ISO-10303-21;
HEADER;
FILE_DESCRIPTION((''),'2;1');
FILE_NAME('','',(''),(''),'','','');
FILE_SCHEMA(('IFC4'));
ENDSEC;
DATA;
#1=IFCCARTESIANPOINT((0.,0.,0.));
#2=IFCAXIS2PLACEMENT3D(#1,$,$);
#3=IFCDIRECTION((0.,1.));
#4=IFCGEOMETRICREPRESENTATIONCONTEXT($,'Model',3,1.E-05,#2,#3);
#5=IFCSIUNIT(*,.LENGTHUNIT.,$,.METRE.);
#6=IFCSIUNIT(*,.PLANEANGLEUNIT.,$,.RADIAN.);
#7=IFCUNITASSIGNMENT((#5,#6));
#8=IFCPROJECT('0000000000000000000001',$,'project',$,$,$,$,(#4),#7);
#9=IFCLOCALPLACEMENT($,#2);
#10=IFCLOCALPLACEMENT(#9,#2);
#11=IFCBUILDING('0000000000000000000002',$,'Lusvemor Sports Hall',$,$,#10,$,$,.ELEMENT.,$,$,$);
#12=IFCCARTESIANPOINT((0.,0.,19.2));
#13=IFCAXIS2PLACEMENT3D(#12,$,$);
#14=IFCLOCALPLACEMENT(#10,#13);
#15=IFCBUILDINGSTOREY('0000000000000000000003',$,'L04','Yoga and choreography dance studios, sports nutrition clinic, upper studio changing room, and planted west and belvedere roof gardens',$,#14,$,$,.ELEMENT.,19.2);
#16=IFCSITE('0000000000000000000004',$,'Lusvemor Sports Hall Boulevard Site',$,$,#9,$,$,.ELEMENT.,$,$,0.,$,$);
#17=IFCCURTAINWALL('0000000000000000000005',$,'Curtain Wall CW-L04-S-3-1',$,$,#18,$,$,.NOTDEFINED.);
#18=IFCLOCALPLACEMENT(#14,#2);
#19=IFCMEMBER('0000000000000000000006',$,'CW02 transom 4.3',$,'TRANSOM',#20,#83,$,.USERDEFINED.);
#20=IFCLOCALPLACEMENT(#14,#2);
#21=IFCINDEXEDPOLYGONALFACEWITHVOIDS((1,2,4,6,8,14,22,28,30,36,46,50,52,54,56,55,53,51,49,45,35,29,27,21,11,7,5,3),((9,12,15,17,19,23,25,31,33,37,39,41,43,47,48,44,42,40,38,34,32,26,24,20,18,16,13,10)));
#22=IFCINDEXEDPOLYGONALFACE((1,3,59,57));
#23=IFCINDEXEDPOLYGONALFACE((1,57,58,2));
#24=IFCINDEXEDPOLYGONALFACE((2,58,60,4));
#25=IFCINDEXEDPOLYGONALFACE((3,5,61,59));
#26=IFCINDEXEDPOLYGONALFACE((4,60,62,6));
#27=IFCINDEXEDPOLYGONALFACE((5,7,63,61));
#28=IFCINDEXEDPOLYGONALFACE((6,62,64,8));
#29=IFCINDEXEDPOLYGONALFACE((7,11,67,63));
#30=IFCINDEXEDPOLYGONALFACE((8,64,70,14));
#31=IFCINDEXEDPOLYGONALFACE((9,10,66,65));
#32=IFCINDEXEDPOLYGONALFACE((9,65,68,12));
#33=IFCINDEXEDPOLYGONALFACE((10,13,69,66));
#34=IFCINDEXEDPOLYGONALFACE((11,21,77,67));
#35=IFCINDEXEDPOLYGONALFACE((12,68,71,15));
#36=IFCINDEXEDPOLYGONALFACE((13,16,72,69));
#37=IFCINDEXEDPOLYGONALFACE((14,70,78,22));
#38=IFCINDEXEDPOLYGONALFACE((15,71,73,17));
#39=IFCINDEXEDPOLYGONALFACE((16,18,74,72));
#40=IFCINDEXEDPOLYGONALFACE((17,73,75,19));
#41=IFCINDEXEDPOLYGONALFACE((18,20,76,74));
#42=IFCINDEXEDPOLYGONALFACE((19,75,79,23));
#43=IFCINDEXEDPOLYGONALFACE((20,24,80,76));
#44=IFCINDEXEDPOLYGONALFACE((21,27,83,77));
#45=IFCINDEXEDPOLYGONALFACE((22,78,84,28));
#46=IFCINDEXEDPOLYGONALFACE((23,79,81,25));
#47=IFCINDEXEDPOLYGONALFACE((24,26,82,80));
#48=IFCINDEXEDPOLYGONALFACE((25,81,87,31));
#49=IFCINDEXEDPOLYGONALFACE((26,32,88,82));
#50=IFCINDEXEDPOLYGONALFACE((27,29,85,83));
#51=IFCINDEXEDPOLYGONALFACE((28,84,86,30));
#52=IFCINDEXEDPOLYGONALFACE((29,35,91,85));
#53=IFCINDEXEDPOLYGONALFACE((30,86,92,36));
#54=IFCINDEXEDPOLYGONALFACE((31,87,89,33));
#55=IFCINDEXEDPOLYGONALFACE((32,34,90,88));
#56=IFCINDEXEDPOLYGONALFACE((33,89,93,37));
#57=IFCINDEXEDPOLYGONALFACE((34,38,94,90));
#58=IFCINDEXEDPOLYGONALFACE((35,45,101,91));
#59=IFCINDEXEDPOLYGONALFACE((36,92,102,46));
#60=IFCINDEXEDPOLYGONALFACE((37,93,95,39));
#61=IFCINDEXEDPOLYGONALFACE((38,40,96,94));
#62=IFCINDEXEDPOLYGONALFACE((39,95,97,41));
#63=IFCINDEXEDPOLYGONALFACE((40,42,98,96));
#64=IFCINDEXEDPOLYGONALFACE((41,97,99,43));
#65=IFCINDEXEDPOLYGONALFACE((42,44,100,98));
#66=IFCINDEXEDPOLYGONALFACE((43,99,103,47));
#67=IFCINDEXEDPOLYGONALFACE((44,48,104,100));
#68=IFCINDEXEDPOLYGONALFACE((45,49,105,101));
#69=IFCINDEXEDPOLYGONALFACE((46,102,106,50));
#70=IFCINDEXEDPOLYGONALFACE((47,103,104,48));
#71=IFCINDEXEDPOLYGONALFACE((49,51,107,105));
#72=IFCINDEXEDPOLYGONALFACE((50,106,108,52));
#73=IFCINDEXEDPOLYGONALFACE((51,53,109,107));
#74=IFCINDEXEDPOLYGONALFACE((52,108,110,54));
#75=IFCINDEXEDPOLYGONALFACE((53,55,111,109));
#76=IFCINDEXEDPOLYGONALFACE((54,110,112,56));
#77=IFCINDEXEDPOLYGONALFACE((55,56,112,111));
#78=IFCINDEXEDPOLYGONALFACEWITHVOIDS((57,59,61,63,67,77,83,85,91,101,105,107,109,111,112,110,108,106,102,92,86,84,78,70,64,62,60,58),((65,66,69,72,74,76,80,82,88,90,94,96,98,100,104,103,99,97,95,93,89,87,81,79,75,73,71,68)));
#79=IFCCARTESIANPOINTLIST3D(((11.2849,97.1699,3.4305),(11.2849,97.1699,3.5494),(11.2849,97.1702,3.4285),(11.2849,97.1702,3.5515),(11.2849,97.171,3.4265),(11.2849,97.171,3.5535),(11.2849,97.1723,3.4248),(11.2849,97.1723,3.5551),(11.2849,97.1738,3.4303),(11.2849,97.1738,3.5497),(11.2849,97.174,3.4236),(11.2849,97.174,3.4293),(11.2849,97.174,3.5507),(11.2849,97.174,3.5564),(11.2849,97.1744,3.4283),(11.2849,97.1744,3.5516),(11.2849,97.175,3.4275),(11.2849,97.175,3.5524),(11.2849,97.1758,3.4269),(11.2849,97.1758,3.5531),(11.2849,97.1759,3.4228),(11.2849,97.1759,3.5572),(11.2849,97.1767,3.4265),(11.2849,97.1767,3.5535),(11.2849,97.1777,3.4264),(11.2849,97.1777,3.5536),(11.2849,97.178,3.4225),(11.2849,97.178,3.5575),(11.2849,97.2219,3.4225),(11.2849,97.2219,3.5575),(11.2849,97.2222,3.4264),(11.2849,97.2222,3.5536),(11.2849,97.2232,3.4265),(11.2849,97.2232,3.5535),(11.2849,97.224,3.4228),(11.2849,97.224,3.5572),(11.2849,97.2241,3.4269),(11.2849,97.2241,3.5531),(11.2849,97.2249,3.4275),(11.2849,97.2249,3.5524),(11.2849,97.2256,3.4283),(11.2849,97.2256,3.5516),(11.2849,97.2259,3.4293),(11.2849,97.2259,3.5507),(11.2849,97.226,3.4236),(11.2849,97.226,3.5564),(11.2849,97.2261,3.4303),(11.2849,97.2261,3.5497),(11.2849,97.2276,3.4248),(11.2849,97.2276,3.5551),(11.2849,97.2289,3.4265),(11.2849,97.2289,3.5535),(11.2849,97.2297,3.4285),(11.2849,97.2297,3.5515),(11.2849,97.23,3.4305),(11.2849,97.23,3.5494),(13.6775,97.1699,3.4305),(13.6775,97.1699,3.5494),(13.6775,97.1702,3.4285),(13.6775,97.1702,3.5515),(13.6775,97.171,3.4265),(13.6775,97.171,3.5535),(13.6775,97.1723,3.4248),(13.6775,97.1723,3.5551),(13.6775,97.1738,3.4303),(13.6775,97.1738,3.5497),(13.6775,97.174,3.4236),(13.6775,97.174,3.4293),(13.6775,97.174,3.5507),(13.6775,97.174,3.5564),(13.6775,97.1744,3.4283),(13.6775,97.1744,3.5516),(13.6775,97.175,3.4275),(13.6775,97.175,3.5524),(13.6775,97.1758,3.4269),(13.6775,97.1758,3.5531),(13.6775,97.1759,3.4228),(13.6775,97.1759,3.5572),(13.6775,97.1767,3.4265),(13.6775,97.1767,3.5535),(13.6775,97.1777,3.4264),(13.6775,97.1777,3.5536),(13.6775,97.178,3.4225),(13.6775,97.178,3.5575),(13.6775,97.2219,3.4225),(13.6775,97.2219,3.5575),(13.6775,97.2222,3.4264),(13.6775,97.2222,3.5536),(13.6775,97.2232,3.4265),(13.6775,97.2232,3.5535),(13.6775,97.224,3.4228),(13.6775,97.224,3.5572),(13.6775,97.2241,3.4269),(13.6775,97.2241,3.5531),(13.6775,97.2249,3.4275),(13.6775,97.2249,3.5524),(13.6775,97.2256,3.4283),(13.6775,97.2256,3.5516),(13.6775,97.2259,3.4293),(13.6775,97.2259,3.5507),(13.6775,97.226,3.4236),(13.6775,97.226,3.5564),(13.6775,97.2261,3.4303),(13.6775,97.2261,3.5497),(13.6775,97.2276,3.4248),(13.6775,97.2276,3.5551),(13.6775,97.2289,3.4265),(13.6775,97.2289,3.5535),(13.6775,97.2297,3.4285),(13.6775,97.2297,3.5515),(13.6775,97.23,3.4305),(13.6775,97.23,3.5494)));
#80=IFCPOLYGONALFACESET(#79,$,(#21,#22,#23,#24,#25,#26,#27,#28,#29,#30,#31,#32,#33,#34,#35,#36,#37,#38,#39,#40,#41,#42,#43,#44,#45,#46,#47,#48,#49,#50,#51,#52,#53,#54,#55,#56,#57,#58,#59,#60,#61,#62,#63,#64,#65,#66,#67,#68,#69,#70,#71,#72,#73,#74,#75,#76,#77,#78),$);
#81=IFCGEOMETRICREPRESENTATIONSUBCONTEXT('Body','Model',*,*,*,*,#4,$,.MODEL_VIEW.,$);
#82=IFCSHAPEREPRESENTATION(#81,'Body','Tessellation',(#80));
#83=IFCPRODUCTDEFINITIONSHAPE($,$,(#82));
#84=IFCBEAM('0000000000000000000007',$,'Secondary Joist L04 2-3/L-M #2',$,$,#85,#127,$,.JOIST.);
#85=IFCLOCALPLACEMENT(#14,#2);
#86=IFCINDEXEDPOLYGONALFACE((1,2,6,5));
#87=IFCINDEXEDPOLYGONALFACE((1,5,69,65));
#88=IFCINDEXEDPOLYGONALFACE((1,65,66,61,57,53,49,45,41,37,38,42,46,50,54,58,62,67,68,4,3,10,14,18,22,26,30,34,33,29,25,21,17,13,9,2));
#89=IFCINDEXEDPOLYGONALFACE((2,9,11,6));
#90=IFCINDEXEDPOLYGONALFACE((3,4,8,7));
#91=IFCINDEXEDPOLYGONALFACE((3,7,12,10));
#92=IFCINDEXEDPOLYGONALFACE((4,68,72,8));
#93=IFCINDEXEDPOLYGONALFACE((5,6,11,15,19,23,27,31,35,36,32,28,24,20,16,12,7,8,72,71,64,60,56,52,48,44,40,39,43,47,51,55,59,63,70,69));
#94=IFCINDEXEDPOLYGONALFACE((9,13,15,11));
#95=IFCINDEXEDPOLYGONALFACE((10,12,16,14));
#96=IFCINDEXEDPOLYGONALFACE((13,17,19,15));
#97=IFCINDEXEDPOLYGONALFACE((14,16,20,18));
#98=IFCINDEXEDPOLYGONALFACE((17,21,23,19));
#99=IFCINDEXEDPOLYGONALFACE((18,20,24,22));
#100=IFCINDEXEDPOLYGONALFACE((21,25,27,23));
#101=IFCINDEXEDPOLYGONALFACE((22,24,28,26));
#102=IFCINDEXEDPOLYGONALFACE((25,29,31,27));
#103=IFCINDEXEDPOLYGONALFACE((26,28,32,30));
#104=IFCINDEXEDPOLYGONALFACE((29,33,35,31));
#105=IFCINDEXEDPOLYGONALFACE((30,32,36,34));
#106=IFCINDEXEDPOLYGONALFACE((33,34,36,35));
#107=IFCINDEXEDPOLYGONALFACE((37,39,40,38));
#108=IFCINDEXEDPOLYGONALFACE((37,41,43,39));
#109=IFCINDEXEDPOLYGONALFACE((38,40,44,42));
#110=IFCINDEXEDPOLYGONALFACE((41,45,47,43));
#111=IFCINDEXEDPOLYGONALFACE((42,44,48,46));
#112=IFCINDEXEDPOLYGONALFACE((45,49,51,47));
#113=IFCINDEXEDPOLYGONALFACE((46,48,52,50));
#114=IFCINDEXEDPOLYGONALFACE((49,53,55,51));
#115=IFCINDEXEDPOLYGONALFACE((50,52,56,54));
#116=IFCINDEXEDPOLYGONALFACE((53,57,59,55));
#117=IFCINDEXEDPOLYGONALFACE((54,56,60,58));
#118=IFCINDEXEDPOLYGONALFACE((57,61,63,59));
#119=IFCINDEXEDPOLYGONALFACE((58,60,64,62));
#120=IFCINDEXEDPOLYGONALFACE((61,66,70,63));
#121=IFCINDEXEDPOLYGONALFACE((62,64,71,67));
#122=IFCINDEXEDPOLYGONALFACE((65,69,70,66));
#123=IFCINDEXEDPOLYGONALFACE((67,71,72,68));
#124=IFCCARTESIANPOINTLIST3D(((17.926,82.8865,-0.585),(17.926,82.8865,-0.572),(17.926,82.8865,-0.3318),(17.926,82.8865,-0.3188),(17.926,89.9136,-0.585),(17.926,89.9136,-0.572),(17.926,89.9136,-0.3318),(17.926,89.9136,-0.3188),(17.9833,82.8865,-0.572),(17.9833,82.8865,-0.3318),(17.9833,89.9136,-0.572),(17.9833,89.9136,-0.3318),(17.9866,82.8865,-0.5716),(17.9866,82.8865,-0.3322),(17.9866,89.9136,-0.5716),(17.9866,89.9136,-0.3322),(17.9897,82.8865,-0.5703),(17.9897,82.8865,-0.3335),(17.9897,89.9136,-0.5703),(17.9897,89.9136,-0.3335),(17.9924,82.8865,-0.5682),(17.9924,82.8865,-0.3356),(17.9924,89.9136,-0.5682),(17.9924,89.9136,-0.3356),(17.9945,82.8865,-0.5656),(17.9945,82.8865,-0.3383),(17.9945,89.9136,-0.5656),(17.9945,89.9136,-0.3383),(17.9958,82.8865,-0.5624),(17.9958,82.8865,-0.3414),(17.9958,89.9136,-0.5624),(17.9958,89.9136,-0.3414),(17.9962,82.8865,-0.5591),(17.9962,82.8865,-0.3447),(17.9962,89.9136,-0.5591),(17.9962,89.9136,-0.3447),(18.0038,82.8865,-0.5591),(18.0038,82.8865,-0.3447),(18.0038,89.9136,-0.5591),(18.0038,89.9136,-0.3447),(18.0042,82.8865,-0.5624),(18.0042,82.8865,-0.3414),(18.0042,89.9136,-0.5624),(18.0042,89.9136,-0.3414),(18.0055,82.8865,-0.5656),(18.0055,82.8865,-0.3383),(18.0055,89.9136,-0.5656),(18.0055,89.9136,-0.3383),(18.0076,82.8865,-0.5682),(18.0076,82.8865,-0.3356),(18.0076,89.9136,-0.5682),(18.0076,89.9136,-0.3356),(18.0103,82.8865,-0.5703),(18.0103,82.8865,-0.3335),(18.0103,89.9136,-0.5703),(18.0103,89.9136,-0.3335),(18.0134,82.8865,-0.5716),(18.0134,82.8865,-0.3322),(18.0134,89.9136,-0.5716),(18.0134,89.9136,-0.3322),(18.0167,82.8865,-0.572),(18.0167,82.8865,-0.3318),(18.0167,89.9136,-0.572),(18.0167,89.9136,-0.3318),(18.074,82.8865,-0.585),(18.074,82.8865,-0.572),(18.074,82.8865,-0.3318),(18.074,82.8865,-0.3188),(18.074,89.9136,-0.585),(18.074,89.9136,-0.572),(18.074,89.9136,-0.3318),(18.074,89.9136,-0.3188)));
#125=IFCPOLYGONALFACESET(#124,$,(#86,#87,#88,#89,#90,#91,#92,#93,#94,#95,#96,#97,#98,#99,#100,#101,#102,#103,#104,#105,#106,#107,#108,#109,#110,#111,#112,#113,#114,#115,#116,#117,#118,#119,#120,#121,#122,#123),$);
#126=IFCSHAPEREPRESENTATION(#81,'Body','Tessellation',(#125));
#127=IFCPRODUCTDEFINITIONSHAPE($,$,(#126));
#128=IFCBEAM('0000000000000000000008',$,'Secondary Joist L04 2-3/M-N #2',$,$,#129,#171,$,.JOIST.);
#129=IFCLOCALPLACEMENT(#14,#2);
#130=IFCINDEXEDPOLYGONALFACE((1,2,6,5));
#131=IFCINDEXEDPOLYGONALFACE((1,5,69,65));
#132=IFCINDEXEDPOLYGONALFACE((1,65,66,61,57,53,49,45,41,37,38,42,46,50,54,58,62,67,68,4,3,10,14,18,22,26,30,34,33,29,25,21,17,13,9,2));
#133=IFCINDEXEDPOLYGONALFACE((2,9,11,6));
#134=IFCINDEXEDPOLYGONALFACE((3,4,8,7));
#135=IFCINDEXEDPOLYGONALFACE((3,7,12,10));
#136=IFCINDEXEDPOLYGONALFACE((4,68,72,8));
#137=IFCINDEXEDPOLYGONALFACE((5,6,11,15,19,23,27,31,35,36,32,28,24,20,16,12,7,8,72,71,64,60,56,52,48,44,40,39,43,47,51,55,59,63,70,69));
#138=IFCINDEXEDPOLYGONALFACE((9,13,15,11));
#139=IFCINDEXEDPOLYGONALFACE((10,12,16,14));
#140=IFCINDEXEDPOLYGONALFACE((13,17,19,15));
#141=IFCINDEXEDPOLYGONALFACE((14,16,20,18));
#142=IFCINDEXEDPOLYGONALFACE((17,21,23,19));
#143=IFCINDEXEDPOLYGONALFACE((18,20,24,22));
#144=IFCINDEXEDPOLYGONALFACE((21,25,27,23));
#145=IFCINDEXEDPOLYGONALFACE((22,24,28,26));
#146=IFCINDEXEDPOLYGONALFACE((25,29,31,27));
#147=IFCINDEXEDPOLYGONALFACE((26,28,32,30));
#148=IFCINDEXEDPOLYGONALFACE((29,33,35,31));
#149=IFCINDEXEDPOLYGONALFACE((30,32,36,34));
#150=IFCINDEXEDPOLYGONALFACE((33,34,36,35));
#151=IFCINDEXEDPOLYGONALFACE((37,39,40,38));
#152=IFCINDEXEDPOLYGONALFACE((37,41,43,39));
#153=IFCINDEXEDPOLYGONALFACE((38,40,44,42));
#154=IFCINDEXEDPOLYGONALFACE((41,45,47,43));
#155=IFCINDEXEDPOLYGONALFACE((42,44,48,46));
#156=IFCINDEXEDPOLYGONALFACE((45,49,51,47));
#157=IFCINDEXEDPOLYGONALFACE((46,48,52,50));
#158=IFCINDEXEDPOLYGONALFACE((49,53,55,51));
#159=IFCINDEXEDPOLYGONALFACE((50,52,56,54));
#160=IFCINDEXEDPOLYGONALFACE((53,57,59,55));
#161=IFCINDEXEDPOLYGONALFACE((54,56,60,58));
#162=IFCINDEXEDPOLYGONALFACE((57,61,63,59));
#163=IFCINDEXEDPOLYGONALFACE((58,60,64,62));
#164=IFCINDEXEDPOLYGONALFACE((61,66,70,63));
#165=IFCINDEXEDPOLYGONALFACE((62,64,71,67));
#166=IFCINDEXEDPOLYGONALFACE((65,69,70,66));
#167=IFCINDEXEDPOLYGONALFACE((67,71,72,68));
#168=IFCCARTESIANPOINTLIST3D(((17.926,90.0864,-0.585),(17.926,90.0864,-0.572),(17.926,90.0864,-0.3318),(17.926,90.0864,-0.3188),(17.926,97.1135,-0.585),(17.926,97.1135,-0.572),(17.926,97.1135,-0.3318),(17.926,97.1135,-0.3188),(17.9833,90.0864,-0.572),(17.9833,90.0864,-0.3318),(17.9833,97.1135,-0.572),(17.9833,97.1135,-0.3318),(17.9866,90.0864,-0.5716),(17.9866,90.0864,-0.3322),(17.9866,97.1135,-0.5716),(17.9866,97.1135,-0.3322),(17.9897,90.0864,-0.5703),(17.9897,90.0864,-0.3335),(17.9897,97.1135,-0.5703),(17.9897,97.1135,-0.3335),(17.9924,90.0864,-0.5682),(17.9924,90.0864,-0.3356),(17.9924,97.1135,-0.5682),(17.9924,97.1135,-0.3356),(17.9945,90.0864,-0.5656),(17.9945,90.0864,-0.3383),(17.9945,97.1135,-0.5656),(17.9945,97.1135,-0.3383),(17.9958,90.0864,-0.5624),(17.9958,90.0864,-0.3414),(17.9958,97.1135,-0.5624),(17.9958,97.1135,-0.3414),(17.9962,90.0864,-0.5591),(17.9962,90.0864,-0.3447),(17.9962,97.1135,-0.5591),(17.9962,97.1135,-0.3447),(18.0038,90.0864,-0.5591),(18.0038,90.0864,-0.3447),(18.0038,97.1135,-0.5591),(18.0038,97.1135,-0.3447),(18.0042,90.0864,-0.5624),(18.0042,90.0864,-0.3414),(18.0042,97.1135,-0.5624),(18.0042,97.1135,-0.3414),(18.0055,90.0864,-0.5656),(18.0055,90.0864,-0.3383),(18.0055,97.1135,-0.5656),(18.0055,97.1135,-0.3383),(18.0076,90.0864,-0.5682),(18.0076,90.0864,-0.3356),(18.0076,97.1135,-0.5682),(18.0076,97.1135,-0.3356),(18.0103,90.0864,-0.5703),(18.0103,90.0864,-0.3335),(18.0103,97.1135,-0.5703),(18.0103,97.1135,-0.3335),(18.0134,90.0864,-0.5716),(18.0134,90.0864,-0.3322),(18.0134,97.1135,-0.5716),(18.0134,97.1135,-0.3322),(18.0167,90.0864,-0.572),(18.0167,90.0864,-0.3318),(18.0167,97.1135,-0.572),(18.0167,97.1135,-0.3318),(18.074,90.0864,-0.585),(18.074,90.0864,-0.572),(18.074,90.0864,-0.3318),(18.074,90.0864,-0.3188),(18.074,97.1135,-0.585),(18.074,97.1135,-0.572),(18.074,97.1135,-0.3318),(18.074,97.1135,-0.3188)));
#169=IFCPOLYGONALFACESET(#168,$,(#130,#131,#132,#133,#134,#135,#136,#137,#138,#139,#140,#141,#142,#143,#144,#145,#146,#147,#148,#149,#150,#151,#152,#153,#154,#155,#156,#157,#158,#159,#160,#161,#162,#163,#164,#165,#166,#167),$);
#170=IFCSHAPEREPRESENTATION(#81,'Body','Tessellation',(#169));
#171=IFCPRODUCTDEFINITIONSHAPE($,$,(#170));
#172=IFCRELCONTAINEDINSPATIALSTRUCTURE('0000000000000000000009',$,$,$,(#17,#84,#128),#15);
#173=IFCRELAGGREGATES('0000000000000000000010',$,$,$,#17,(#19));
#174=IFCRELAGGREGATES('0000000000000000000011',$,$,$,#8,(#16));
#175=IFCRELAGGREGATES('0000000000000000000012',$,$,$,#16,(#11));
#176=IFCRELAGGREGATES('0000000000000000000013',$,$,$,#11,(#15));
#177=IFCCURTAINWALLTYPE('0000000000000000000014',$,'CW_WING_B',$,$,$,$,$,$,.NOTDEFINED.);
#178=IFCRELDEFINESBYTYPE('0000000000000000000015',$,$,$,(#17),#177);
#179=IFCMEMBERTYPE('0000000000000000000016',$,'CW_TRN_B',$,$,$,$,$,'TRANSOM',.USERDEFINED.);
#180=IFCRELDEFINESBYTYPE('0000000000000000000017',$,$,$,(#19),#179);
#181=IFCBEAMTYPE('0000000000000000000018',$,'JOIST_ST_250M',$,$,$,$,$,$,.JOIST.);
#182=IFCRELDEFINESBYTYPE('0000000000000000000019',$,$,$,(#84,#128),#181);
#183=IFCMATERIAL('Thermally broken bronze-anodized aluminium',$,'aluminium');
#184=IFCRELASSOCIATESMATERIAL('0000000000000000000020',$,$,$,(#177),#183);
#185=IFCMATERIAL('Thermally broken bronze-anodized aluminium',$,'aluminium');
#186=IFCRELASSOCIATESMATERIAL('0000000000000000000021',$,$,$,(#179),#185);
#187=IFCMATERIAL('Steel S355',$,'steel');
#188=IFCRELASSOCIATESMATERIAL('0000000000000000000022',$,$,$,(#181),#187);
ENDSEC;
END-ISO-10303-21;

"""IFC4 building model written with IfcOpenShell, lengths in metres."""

from ifc_helpers import new_model, si_unit, direction, frame, origin, origin_2d, place, context, subcontext, project, spatial, hollow_rectangle, i_section, extrude, material, material_profile, profile_set, type_object, element, aggregate, save


model = new_model("IFC4")

# Units and contexts
model_context = context("Model", 3, precision=1e-05, world=origin(), true_north=direction((0.0, 1.0)))
body_context = subcontext(model_context, "Body", "Model", "MODEL_VIEW")
ifc_project = project(units=[si_unit("LENGTHUNIT", "METRE"), si_unit("PLANEANGLEUNIT", "RADIAN")], contexts=[model_context])

# Site, building, storey
site_placement = place(None, origin())
site = spatial("IfcSite", under=ifc_project, at=site_placement, Name="Lusvemor Sports Hall Boulevard Site", CompositionType="ELEMENT", RefElevation=0.0)
building_placement = place(site_placement, origin())
building = spatial("IfcBuilding", under=site, at=building_placement, Name="Lusvemor Sports Hall", CompositionType="ELEMENT")
storey_placement = place(building_placement, frame((0.0, 0.0, 19.2)))
storey = spatial("IfcBuildingStorey", under=building, at=storey_placement, Name="L04", Description="Yoga and choreography dance studios, sports nutrition clinic, upper studio changing room, and planted west and belvedere roof gardens", CompositionType="ELEMENT", Elevation=19.2)

# Curtain wall, member
ifc_material_1 = material(Name="Thermally broken bronze-anodized aluminium", Category="aluminium")
curtain_wall_type = type_object("IfcCurtainWallType", Name="CW_WING_B", PredefinedType="NOTDEFINED", material=ifc_material_1)
curtain_wall_placement = place(storey_placement, origin())
curtain_wall = element("IfcCurtainWall", 1, at=curtain_wall_placement, inside=storey, type_object=curtain_wall_type, Name="Curtain Wall CW-L04-S-3-1", PredefinedType="NOTDEFINED")
ifc_material_2 = material(Name="Thermally broken bronze-anodized aluminium", Category="aluminium")
ifc_material_profile_1 = material_profile(ifc_material_2, hollow_rectangle(XDim=0.0601, YDim=0.135, WallThickness=0.0039, InnerFilletRadius=0.0039, OuterFilletRadius=0.0081, at=origin_2d()), Name="CWTRN135x60x4")
ifc_profile_set_1 = profile_set([ifc_material_profile_1], Name="Thermally broken bronze-anodized aluminium")
member_type_1 = type_object("IfcMemberType", Name="CW_TRN_B", ElementType="TRANSOM", PredefinedType="USERDEFINED", material=ifc_profile_set_1)
member_1_placement = place(storey_placement, frame((13.6775, 97.2, 3.49), z_axis=(-1.0, 0.0, 0.0), x_axis=(0.0, -1.0, 0.0)))
member_1 = element("IfcMember", 2, at=member_1_placement, type_object=member_type_1, Name="CW02 transom 4.3", ObjectType="TRANSOM", PredefinedType="USERDEFINED", context=body_context, shape_type="SweptSolid", body=[
    extrude(hollow_rectangle(XDim=0.0601, YDim=0.135, WallThickness=0.0039, InnerFilletRadius=0.0039, OuterFilletRadius=0.0081, at=origin_2d()), origin(), (0.0, 0.0, 1.0), 2.3926),
])

# Beams
ifc_material_3 = material(Name="Steel S355", Category="steel")
ifc_material_profile_2 = material_profile(ifc_material_3, i_section(OverallWidth=0.1479, OverallDepth=0.2661, WebThickness=0.0076, FlangeThickness=0.0129, FilletRadius=0.0129, at=origin_2d()), Name="W250x44.8")
ifc_profile_set_2 = profile_set([ifc_material_profile_2], Name="Steel S355")
beam_type_1 = type_object("IfcBeamType", Name="JOIST_ST_250M", PredefinedType="JOIST", material=ifc_profile_set_2)
for number, where, z_axis, x_axis, name in (
    (3, (18.0, 82.8865, -0.4519), (0.0, 1.0, 0.0), (-1.0, 0.0, 0.0), "Secondary Joist L04 2-3/L-M #2"),
    (4, (18.0, 90.0864, -0.4519), (0.0, 1.0, 0.0), (-1.0, 0.0, 0.0), "Secondary Joist L04 2-3/M-N #2"),
):
    element("IfcBeam", number, at=place(storey_placement, frame(where, z_axis=z_axis, x_axis=x_axis)), inside=storey, type_object=beam_type_1, Name=name, PredefinedType="JOIST", context=body_context, shape_type="SweptSolid", body=[
        extrude(i_section(OverallWidth=0.1479, OverallDepth=0.2661, WebThickness=0.0076, FlangeThickness=0.0129, FilletRadius=0.0129, at=origin_2d()), origin(), (0.0, 0.0, 1.0), 7.0271),
    ])

aggregate(curtain_wall, [member_1])

save(model, "model.ifc")
